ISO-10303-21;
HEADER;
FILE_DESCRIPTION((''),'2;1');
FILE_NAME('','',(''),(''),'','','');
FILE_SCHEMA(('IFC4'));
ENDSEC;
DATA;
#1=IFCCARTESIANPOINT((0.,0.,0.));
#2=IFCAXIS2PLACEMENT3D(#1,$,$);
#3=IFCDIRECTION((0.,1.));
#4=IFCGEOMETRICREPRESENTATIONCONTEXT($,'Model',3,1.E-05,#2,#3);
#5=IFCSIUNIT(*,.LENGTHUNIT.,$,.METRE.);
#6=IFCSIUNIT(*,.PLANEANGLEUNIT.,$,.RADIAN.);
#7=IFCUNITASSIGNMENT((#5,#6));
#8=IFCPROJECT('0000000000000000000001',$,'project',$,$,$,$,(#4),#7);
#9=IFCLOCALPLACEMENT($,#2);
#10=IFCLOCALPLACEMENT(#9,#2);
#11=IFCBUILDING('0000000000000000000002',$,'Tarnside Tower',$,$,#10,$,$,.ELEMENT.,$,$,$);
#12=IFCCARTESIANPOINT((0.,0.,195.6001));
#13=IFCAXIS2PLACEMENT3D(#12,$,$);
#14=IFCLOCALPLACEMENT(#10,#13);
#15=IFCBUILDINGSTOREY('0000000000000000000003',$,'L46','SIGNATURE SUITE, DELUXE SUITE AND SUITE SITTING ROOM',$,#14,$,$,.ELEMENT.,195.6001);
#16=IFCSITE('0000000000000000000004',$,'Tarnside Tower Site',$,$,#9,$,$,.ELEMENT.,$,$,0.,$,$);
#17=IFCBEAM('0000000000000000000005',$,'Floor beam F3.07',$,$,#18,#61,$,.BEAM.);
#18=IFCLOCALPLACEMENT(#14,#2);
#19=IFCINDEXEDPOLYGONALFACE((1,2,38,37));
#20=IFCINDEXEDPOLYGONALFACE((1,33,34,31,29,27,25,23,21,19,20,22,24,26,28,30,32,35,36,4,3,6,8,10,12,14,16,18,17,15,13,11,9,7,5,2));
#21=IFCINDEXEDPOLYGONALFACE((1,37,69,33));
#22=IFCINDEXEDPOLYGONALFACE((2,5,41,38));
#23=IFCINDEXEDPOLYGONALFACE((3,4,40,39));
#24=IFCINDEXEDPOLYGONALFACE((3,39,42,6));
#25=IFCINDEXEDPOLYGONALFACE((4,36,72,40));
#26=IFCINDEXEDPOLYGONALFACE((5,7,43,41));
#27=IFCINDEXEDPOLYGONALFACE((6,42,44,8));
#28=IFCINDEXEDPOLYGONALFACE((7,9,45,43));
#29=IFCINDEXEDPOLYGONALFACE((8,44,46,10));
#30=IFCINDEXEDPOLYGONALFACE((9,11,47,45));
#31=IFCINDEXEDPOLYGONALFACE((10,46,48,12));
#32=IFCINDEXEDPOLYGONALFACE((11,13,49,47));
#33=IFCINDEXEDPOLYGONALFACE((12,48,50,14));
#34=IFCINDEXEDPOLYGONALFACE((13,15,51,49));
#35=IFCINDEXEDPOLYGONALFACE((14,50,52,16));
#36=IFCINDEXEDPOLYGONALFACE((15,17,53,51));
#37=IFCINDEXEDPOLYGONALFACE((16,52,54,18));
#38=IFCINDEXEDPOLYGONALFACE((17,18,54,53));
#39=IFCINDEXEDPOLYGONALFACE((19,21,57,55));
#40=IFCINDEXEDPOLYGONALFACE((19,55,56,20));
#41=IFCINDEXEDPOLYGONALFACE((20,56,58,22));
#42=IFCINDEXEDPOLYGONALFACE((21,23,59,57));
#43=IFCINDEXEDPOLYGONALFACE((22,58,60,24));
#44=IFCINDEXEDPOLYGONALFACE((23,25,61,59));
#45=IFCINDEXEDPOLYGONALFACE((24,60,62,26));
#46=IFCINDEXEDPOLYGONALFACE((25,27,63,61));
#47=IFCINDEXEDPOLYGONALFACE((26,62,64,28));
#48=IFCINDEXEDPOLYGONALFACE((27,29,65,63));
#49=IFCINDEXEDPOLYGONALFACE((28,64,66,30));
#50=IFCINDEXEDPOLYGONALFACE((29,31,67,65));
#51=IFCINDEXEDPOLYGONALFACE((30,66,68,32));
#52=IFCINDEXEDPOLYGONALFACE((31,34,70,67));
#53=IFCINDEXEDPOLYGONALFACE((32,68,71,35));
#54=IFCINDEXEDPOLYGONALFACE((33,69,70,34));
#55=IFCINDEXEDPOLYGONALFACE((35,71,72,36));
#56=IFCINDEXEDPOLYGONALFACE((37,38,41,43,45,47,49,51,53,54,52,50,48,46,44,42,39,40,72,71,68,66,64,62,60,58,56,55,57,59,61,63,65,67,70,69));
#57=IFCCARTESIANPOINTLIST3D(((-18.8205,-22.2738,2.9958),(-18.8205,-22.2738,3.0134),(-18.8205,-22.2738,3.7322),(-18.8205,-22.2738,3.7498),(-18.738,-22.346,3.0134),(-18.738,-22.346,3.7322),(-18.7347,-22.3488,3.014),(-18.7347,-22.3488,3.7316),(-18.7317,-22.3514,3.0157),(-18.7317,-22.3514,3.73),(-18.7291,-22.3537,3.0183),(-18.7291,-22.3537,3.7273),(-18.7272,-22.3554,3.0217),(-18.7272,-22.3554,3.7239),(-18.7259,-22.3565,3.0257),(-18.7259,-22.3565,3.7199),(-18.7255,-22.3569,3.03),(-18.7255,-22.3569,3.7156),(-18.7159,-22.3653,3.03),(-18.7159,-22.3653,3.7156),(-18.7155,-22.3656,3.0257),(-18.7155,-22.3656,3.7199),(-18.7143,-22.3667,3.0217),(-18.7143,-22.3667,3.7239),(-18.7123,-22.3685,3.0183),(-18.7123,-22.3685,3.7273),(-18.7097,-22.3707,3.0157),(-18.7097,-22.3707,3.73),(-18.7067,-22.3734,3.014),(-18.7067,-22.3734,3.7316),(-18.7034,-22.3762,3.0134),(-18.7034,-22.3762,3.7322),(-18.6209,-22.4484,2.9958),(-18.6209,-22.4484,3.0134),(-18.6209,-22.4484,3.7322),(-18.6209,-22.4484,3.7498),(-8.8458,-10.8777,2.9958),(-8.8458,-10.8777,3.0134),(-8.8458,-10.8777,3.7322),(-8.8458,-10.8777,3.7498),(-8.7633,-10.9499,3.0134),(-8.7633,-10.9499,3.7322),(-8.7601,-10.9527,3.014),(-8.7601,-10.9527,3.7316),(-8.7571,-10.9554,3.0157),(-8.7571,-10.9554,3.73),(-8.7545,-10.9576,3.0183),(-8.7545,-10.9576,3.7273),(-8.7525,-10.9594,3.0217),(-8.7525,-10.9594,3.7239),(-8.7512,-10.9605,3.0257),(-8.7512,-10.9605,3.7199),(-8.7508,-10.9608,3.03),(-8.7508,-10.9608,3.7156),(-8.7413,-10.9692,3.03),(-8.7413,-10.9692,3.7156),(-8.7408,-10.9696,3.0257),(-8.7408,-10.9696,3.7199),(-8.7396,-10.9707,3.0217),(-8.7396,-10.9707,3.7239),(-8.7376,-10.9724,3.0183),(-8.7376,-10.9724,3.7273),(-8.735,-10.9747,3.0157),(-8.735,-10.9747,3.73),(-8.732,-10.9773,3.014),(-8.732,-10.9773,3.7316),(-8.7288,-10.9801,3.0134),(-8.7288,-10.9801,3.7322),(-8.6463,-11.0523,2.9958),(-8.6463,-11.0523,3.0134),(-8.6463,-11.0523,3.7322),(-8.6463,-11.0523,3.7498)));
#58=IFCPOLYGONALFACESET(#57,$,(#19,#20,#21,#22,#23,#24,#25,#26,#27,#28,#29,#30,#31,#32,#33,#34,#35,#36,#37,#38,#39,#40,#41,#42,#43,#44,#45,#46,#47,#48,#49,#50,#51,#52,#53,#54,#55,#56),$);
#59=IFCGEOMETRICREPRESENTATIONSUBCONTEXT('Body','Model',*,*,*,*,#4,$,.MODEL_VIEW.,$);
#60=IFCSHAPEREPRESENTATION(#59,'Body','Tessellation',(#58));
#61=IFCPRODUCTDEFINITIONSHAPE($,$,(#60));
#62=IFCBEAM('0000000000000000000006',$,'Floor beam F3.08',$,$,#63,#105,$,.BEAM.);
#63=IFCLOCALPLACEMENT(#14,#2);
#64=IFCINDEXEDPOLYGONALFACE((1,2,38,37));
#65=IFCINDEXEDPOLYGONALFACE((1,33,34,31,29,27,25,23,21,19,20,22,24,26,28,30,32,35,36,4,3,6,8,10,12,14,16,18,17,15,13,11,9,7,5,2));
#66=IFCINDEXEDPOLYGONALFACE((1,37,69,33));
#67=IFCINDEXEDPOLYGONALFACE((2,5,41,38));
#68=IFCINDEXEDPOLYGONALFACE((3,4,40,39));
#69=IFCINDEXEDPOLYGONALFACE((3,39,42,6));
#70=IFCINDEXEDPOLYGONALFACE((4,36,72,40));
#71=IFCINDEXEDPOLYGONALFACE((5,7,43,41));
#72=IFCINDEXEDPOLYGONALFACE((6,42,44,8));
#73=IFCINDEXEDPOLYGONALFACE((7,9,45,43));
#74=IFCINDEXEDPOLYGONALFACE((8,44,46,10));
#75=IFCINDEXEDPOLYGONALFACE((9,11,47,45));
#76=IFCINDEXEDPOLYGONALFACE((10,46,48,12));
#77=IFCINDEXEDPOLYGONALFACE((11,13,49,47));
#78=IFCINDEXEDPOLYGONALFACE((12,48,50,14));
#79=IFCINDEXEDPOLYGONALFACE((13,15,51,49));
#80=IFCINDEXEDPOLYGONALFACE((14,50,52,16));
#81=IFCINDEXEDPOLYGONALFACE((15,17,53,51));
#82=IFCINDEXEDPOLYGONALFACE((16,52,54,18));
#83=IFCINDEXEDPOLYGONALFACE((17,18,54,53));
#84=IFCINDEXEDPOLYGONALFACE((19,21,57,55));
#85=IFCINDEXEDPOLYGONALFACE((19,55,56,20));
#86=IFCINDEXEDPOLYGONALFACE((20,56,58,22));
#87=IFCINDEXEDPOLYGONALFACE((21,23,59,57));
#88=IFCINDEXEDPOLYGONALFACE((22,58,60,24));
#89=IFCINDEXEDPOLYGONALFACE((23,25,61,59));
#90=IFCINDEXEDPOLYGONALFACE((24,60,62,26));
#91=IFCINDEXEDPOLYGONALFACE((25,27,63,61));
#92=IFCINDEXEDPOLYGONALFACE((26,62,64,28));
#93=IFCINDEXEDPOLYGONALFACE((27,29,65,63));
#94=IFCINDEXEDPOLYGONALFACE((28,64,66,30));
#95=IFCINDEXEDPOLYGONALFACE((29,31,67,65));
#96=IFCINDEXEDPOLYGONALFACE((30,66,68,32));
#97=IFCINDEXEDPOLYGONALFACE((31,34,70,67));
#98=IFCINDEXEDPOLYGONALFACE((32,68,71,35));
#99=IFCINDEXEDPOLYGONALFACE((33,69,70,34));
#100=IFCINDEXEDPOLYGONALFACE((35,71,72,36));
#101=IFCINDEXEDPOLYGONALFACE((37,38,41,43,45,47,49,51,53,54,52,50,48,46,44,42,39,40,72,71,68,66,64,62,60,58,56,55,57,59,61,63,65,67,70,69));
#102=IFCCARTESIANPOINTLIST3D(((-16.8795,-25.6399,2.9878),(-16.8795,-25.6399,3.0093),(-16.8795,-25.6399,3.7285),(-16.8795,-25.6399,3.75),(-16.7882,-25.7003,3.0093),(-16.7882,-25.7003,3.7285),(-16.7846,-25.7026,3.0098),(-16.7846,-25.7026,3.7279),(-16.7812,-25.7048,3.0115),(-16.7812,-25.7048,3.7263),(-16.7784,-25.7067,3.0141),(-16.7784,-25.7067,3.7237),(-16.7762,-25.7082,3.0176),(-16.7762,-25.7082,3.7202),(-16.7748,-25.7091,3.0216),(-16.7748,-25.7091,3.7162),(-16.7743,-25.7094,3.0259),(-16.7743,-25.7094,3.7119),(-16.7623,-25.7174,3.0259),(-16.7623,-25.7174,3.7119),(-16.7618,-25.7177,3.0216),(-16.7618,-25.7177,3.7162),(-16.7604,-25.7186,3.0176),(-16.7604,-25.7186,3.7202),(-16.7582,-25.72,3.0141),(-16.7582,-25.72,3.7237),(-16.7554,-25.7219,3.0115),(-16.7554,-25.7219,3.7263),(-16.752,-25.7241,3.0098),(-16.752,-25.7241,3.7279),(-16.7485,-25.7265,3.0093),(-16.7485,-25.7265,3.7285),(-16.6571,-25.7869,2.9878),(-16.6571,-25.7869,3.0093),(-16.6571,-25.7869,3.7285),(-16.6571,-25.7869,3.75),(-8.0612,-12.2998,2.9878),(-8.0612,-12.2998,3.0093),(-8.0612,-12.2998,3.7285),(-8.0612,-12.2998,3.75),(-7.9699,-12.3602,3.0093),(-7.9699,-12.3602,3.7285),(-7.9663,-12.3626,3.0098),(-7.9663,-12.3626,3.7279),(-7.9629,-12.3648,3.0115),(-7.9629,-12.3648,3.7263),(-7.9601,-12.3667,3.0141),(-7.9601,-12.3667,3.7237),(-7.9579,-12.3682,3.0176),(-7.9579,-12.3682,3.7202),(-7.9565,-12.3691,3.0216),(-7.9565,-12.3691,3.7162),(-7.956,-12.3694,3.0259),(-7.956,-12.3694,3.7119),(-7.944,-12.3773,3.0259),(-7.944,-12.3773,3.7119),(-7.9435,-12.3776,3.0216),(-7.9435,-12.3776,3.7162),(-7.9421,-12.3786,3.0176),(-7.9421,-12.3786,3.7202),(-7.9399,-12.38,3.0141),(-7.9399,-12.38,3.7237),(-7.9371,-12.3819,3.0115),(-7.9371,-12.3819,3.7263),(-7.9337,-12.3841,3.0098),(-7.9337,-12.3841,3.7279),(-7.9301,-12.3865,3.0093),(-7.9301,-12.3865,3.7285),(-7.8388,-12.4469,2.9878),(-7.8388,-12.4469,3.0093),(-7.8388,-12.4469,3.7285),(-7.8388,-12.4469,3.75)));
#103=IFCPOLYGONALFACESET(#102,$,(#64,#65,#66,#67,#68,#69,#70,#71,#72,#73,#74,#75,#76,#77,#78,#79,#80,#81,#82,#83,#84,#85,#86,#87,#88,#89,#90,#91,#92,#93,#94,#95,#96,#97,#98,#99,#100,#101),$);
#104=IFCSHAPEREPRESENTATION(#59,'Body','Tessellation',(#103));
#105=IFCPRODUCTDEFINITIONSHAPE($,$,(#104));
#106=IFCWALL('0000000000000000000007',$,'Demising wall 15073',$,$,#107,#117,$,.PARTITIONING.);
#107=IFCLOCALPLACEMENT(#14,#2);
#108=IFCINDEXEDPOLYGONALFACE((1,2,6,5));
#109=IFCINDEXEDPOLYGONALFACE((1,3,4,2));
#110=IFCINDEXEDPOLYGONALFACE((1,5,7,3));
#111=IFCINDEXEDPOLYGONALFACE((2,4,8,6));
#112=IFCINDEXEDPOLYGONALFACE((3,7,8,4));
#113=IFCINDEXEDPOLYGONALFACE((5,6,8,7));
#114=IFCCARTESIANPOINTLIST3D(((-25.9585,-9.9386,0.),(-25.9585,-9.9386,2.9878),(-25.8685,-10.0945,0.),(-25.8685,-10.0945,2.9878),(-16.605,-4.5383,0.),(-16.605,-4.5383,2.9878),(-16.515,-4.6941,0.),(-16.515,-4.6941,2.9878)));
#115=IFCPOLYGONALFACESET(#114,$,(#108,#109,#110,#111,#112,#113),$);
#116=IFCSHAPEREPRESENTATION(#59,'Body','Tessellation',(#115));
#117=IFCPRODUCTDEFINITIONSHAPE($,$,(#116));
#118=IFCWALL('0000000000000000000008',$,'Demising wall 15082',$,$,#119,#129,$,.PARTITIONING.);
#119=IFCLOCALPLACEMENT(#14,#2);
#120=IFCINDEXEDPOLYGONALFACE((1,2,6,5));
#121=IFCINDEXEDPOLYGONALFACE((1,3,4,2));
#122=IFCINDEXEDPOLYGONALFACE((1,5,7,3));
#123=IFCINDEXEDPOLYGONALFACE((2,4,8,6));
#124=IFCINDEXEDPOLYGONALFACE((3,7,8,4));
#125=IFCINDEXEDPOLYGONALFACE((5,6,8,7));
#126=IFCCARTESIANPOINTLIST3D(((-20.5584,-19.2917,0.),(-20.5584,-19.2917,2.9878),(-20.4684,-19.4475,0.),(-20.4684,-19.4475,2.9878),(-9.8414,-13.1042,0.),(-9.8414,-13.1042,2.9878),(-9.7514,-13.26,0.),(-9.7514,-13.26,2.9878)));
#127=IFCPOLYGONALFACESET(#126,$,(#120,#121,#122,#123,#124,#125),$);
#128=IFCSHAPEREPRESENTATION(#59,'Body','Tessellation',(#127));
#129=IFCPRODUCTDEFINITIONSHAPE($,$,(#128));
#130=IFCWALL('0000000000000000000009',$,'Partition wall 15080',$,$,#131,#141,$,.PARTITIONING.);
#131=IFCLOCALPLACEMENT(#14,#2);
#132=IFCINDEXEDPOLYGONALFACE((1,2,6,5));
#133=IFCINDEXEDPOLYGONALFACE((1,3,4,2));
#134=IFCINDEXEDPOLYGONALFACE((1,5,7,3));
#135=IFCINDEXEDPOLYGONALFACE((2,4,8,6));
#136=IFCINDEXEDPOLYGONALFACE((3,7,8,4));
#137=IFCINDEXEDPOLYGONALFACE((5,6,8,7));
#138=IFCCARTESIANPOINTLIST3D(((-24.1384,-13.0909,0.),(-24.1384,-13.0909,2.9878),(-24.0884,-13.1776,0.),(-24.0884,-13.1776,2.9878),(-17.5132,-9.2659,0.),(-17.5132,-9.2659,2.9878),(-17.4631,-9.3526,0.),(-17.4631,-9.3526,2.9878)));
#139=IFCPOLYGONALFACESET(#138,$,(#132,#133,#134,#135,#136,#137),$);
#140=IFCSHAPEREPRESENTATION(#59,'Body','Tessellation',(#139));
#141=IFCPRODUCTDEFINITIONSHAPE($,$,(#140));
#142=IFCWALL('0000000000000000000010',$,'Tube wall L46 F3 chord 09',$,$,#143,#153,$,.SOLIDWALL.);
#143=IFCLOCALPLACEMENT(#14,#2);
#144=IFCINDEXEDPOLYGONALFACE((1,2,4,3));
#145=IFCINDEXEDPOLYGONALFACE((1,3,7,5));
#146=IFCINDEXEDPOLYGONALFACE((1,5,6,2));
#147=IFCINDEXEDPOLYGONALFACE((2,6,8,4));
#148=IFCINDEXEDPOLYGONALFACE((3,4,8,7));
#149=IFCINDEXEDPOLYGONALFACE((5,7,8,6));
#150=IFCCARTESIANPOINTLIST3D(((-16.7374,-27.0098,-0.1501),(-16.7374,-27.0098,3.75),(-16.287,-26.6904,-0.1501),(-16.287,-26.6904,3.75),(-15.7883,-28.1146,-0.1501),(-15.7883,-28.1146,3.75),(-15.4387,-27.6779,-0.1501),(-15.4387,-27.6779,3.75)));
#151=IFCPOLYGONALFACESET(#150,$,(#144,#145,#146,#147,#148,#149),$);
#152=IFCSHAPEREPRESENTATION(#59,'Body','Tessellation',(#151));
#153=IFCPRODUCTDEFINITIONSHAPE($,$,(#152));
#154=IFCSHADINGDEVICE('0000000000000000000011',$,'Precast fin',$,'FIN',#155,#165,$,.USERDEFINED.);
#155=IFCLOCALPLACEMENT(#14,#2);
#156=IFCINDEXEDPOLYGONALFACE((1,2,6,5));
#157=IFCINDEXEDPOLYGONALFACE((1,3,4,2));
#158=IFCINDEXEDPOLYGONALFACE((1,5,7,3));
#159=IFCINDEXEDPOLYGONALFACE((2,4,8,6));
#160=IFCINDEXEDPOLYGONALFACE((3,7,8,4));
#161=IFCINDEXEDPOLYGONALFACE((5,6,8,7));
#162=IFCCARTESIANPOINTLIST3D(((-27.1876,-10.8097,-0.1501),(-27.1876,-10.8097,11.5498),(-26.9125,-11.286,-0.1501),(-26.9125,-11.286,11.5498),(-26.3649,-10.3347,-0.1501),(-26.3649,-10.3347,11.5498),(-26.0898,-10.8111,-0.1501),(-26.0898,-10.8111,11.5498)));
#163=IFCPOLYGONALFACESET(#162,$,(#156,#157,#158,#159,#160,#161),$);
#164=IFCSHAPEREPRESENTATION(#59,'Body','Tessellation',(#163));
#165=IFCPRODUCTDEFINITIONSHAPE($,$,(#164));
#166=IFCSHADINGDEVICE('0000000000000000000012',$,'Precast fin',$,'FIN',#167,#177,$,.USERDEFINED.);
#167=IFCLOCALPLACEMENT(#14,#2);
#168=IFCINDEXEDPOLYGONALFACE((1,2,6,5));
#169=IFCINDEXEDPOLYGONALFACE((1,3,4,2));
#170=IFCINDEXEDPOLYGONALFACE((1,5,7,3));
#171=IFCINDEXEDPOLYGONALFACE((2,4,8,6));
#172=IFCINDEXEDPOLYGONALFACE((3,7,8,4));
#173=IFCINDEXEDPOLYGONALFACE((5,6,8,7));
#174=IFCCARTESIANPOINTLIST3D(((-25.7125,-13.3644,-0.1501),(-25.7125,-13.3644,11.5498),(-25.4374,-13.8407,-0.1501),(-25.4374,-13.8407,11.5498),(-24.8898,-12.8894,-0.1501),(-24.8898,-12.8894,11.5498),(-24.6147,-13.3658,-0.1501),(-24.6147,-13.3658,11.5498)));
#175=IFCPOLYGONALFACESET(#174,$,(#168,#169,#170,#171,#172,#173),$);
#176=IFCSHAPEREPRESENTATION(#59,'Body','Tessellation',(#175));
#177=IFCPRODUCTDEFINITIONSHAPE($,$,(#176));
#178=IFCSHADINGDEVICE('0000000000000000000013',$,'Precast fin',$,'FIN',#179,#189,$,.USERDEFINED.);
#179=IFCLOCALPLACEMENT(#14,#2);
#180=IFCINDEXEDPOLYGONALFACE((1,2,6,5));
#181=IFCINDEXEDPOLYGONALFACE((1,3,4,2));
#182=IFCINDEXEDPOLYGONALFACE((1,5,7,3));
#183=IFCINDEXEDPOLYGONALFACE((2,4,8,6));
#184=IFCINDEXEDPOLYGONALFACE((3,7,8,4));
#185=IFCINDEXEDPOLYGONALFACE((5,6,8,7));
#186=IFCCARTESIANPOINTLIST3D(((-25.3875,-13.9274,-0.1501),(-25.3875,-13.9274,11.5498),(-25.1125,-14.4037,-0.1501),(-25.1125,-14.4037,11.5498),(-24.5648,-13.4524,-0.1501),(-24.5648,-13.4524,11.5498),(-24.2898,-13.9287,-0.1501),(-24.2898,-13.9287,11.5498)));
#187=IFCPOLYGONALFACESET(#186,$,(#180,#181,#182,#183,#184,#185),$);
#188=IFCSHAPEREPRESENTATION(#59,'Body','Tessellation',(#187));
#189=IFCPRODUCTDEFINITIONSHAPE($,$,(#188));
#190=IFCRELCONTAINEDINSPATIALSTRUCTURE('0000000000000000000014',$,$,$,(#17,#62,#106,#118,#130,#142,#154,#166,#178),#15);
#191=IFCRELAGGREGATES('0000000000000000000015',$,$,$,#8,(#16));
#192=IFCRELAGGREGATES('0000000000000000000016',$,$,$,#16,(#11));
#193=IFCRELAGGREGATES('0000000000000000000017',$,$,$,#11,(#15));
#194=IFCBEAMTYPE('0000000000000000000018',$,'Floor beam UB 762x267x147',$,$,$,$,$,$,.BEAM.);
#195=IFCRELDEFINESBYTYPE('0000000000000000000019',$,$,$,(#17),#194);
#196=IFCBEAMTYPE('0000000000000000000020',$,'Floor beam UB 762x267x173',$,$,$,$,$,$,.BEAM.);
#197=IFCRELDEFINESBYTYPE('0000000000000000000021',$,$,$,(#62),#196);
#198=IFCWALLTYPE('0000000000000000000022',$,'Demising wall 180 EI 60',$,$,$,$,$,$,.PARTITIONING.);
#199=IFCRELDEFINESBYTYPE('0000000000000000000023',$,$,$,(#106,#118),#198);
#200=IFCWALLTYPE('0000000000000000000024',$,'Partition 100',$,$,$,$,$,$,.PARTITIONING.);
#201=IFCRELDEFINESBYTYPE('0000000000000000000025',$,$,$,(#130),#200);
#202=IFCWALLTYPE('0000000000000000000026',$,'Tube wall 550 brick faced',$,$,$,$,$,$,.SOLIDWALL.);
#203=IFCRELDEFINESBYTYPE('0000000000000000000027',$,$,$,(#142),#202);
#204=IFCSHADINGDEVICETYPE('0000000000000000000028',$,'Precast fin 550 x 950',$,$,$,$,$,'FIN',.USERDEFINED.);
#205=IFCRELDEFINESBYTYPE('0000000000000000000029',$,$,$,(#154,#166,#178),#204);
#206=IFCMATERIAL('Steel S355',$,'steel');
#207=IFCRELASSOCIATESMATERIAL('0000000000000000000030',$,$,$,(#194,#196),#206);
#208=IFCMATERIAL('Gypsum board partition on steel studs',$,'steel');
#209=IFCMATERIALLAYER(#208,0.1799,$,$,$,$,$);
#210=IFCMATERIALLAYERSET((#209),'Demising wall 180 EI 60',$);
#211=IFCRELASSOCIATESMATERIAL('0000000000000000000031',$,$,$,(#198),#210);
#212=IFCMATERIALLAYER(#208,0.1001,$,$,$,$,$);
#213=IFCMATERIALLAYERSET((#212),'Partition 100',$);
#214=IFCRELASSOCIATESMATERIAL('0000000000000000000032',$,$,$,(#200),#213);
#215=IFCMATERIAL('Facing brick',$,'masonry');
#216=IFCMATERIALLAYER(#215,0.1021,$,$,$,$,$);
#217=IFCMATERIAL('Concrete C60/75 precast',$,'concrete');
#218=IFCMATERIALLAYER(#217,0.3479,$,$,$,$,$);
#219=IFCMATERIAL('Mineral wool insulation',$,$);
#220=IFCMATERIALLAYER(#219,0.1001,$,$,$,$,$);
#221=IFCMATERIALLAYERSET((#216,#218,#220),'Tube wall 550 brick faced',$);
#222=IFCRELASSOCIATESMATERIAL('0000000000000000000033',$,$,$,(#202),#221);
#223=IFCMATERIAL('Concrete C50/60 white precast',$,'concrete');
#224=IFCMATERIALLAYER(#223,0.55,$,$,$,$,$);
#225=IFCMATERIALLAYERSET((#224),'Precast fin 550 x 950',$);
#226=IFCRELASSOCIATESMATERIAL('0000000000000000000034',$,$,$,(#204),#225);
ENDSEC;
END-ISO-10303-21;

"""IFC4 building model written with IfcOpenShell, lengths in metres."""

from ifc_helpers import new_model, si_unit, direction, frame, frame_2d, origin, origin_2d, place, context, subcontext, project, spatial, polyline, rectangle, i_section, outline, extrude, material, layer, layer_set, material_profile, profile_set, type_object, element, save


model = new_model("IFC4")

# Units and contexts
model_context = context("Model", 3, precision=1e-05, world=origin(), true_north=direction((0.0, 1.0)))
body_context = subcontext(model_context, "Body", "Model", "MODEL_VIEW")
ifc_project = project(units=[si_unit("LENGTHUNIT", "METRE"), si_unit("PLANEANGLEUNIT", "RADIAN")], contexts=[model_context])

# Site, building, storey
site_placement = place(None, origin())
site = spatial("IfcSite", under=ifc_project, at=site_placement, Name="Tarnside Tower Site", CompositionType="ELEMENT", RefElevation=0.0)
building_placement = place(site_placement, origin())
building = spatial("IfcBuilding", under=site, at=building_placement, Name="Tarnside Tower", CompositionType="ELEMENT")
storey_placement = place(building_placement, frame((0.0, 0.0, 195.6001)))
storey = spatial("IfcBuildingStorey", under=building, at=storey_placement, Name="L46", Description="SIGNATURE SUITE, DELUXE SUITE AND SUITE SITTING ROOM", CompositionType="ELEMENT", Elevation=195.6001)

# Beams
ifc_material_1 = material(Name="Steel S355", Category="steel")
ifc_material_profile_1 = material_profile(ifc_material_1, i_section(OverallWidth=0.2651, OverallDepth=0.7539, WebThickness=0.0127, FlangeThickness=0.0176, FilletRadius=0.0166, at=origin_2d()), Name="UB 762x267x147")
ifc_profile_set_1 = profile_set([ifc_material_profile_1], Name="Steel S355")
beam_type_1 = type_object("IfcBeamType", Name="Floor beam UB 762x267x147", PredefinedType="BEAM", material=ifc_profile_set_1)
beam_1_placement = place(storey_placement, frame((-18.7207, -22.3611, 3.3728), z_axis=(0.658621, 0.752475, 0.0), x_axis=(-0.752475, 0.658621, 0.0)))
element("IfcBeam", 1, at=beam_1_placement, inside=storey, type_object=beam_type_1, Name="Floor beam F3.07", PredefinedType="BEAM", context=body_context, shape_type="SweptSolid", body=[
    extrude(i_section(OverallWidth=0.2651, OverallDepth=0.7539, WebThickness=0.0127, FlangeThickness=0.0176, FilletRadius=0.0166, at=origin_2d()), origin(), (0.0, 0.0, 1.0), 15.1448),
])
ifc_material_profile_2 = material_profile(ifc_material_1, i_section(OverallWidth=0.2666, OverallDepth=0.7622, WebThickness=0.0144, FlangeThickness=0.0215, FilletRadius=0.0166, at=origin_2d()), Name="UB 762x267x173")
ifc_profile_set_2 = profile_set([ifc_material_profile_2], Name="Steel S355")
beam_type_2 = type_object("IfcBeamType", Name="Floor beam UB 762x267x173", PredefinedType="BEAM", material=ifc_profile_set_2)
beam_2_placement = place(storey_placement, frame((-16.7683, -25.7134, 3.3689), z_axis=(0.551448, 0.83421, 0.0), x_axis=(-0.83421, 0.551448, 0.0)))
element("IfcBeam", 2, at=beam_2_placement, inside=storey, type_object=beam_type_2, Name="Floor beam F3.08", PredefinedType="BEAM", context=body_context, shape_type="SweptSolid", body=[
    extrude(i_section(OverallWidth=0.2666, OverallDepth=0.7622, WebThickness=0.0144, FlangeThickness=0.0215, FilletRadius=0.0166, at=origin_2d()), origin(), (0.0, 0.0, 1.0), 15.9912),
])

# Walls
ifc_material_2 = material(Name="Gypsum board partition on steel studs", Category="steel")
ifc_layer_1 = layer(ifc_material_2, 0.1799)
ifc_layer_set_1 = layer_set([ifc_layer_1], Name="Demising wall 180 EI 60")
wall_type_1 = type_object("IfcWallType", Name="Demising wall 180 EI 60", PredefinedType="PARTITIONING", material=ifc_layer_set_1)
wall_1_placement = place(storey_placement, frame((-25.9136, -10.0166, 0.0), z_axis=(0.0, 0.0, 1.0), x_axis=(0.86602, 0.500009, 0.0)))
element("IfcWall", 3, at=wall_1_placement, inside=storey, type_object=wall_type_1, Name="Demising wall 15073", PredefinedType="PARTITIONING", context=body_context, shape_type="SweptSolid", body=[
    extrude(rectangle(XDim=10.8005, YDim=0.1799, at=frame_2d((5.4004, 0.0))), origin(), (0.0, 0.0, 1.0), 2.9878),
])
wall_2_placement = place(storey_placement, frame((-20.5134, -19.3696, 0.0), z_axis=(0.0, 0.0, 1.0), x_axis=(0.866025, 0.500001, 0.0)))
element("IfcWall", 4, at=wall_2_placement, inside=storey, type_object=wall_type_1, Name="Demising wall 15082", PredefinedType="PARTITIONING", context=body_context, shape_type="SweptSolid", body=[
    extrude(rectangle(XDim=12.375, YDim=0.1799, at=frame_2d((6.1875, 0.0))), origin(), (0.0, 0.0, 1.0), 2.9878),
])
ifc_layer_2 = layer(ifc_material_2, 0.1001)
ifc_layer_set_2 = layer_set([ifc_layer_2], Name="Partition 100")
wall_type_2 = type_object("IfcWallType", Name="Partition 100", PredefinedType="PARTITIONING", material=ifc_layer_set_2)
wall_3_placement = place(storey_placement, frame((-24.1135, -13.1343, 0.0), z_axis=(0.0, 0.0, 1.0), x_axis=(0.866033, 0.499987, 0.0)))
element("IfcWall", 5, at=wall_3_placement, inside=storey, type_object=wall_type_2, Name="Partition wall 15080", PredefinedType="PARTITIONING", context=body_context, shape_type="SweptSolid", body=[
    extrude(rectangle(XDim=7.6501, YDim=0.1001, at=frame_2d((3.8252, 0.0))), origin(), (0.0, 0.0, 1.0), 2.9878),
])
ifc_material_3 = material(Name="Facing brick", Category="masonry")
ifc_layer_3 = layer(ifc_material_3, 0.1021)
ifc_material_4 = material(Name="Concrete C60/75 precast", Category="concrete")
ifc_layer_4 = layer(ifc_material_4, 0.3479)
ifc_material_5 = material(Name="Mineral wool insulation")
ifc_layer_5 = layer(ifc_material_5, 0.1001)
ifc_layer_set_3 = layer_set([ifc_layer_3, ifc_layer_4, ifc_layer_5], Name="Tube wall 550 brick faced")
wall_type_3 = type_object("IfcWallType", Name="Tube wall 550 brick faced", PredefinedType="SOLIDWALL", material=ifc_layer_set_3)
wall_4_placement = place(storey_placement, frame((-16.5122, -26.8501, -0.1501), z_axis=(0.0, 0.0, 1.0), x_axis=(0.651622, -0.758544, 0.0)))
element("IfcWall", 6, at=wall_4_placement, inside=storey, type_object=wall_type_3, Name="Tube wall L46 F3 chord 09", PredefinedType="SOLIDWALL", context=body_context, shape_type="SweptSolid", body=[
    extrude(outline(polyline([(-0.0256, -0.2749), (1.4309, -0.2749), (1.3274, 0.2749), (0.0256, 0.2749), (-0.0256, -0.2749)])), origin(), (0.0, 0.0, 1.0), 3.9001),
])

# Shading devices
ifc_material_6 = material(Name="Concrete C50/60 white precast", Category="concrete")
ifc_layer_6 = layer(ifc_material_6, 0.55)
ifc_layer_set_4 = layer_set([ifc_layer_6], Name="Precast fin 550 x 950")
shading_device_type = type_object("IfcShadingDeviceType", Name="Precast fin 550 x 950", ElementType="FIN", PredefinedType="USERDEFINED", material=ifc_layer_set_4)
for number, where, z_axis, x_axis, name in (
    (7, (-26.2273, -10.573, -0.1501), (-0.5, 0.866025, 0.0), (-0.866025, -0.5, 0.0), "Precast fin"),
    (8, (-24.7522, -13.1277, -0.1501), (-0.5, 0.866025, 0.0), (-0.866025, -0.5, 0.0), "Precast fin"),
    (9, (-24.4272, -13.6907, -0.1501), (-0.5, 0.866025, 0.0), (-0.866025, -0.5, 0.0), "Precast fin"),
):
    element("IfcShadingDevice", number, at=place(storey_placement, frame(where, z_axis=z_axis, x_axis=x_axis)), inside=storey, type_object=shading_device_type, Name=name, ObjectType="FIN", PredefinedType="USERDEFINED", context=body_context, shape_type="SweptSolid", body=[
        extrude(outline(polyline([(0.0, 0.0), (0.95, 0.0), (0.95, 11.7), (0.0, 11.7), (0.0, 0.0)])), frame((0.0, 0.0, -0.2749)), (0.0, 0.0, 1.0), 0.55),
    ])

save(model, "model.ifc")
